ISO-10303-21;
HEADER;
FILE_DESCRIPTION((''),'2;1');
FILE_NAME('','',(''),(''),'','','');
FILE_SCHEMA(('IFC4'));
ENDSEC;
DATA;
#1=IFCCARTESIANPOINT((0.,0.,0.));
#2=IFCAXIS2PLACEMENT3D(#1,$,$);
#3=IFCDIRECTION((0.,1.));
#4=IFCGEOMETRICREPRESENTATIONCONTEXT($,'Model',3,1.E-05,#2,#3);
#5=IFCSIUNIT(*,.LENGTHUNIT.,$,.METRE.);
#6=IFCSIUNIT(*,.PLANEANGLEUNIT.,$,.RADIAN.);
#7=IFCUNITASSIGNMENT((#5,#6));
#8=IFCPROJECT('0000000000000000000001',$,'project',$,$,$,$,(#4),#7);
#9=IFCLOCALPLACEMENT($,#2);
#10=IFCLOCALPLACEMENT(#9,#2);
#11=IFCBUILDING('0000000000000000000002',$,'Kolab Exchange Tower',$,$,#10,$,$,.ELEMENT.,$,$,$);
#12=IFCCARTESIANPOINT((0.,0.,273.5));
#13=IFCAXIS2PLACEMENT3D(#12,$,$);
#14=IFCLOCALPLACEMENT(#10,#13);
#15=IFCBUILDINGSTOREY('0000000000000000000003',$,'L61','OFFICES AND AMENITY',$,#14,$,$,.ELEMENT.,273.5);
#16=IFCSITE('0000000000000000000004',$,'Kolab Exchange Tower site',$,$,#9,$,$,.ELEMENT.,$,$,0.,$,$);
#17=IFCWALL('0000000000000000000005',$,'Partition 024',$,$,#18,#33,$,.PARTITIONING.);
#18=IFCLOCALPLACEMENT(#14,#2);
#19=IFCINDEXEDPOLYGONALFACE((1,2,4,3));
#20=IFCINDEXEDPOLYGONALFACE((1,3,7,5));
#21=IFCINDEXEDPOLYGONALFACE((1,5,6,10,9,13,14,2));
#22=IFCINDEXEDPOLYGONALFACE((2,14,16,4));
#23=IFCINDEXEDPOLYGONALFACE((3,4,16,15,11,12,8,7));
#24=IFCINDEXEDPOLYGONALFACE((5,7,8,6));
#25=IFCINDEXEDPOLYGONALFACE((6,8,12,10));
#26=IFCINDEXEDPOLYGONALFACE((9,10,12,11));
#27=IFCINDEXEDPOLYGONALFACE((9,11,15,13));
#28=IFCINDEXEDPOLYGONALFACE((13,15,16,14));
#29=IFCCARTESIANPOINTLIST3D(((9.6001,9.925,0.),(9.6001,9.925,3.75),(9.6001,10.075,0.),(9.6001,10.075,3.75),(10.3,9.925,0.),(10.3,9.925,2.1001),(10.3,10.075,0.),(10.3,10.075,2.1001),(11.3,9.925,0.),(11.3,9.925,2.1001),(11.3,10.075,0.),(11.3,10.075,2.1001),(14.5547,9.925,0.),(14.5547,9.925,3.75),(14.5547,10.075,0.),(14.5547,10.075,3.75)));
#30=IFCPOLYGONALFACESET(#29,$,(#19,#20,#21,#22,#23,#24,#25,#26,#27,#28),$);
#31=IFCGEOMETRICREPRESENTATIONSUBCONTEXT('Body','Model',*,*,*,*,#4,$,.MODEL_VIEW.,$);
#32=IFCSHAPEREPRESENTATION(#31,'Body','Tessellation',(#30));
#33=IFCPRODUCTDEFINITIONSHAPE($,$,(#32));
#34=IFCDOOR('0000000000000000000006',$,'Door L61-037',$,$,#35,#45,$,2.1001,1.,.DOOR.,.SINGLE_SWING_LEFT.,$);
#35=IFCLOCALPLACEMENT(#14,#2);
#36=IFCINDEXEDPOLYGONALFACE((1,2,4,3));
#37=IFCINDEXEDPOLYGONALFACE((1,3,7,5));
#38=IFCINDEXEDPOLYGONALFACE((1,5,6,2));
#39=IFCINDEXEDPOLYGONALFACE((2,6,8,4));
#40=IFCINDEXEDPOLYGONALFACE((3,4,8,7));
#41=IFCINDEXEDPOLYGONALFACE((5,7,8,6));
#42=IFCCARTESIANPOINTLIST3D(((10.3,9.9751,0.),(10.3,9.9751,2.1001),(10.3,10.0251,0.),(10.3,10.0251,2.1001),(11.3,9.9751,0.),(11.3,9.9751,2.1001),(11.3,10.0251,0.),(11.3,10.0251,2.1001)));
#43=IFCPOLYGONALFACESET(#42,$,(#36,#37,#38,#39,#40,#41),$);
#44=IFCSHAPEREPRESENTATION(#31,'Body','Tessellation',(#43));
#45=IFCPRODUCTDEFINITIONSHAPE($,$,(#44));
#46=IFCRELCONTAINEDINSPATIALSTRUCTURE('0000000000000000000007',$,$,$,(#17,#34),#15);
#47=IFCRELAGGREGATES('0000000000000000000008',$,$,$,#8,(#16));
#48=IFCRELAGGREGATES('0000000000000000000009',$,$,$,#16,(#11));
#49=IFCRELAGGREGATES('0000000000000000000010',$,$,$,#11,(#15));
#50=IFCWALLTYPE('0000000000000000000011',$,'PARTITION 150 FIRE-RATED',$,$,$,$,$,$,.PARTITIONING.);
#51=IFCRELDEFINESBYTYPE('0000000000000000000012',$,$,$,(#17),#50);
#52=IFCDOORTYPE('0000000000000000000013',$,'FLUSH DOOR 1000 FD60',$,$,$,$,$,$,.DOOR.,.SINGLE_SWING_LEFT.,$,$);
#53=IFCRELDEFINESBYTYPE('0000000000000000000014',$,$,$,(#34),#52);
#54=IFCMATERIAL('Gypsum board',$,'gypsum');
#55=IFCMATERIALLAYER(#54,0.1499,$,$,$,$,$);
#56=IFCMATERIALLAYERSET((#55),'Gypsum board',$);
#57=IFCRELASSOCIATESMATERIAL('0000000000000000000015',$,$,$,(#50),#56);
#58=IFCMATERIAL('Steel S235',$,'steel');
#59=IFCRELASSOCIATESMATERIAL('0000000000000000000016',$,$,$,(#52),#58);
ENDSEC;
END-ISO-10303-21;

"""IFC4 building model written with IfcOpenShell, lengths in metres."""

from ifc_helpers import new_model, si_unit, direction, frame, frame_2d, origin, place, context, subcontext, project, spatial, rectangle, extrude, material, layer, layer_set, type_object, element, fill, save


model = new_model("IFC4")

# Units and contexts
model_context = context("Model", 3, precision=1e-05, world=origin(), true_north=direction((0.0, 1.0)))
body_context = subcontext(model_context, "Body", "Model", "MODEL_VIEW")
ifc_project = project(units=[si_unit("LENGTHUNIT", "METRE"), si_unit("PLANEANGLEUNIT", "RADIAN")], contexts=[model_context])

# Site, building, storey
site_placement = place(None, origin())
site = spatial("IfcSite", under=ifc_project, at=site_placement, Name="Kolab Exchange Tower site", CompositionType="ELEMENT", RefElevation=0.0)
building_placement = place(site_placement, origin())
building = spatial("IfcBuilding", under=site, at=building_placement, Name="Kolab Exchange Tower", CompositionType="ELEMENT")
storey_placement = place(building_placement, frame((0.0, 0.0, 273.5)))
storey = spatial("IfcBuildingStorey", under=building, at=storey_placement, Name="L61", Description="OFFICES AND AMENITY", CompositionType="ELEMENT", Elevation=273.5)

# Shared definitions
ifc_material_1 = material(Name="Gypsum board", Category="gypsum")

# Shared definitions
ifc_layer_1 = layer(ifc_material_1, 0.1499)
ifc_layer_set_1 = layer_set([ifc_layer_1], Name="Gypsum board")
wall_type_1 = type_object("IfcWallType", Name="PARTITION 150 FIRE-RATED", PredefinedType="PARTITIONING", material=ifc_layer_set_1)
ifc_material_2 = material(Name="Steel S235", Category="steel")

# Wall, opening, door
wall_1_placement = place(storey_placement, frame((9.6001, 10.0, 0.0), z_axis=(0.0, 0.0, 1.0), x_axis=(1.0, 0.0, 0.0)))
wall_1 = element("IfcWall", 1, at=wall_1_placement, inside=storey, type_object=wall_type_1, Name="Partition 024", PredefinedType="PARTITIONING", context=body_context, shape_type="SweptSolid", body=[
    extrude(rectangle(XDim=4.9546, YDim=0.1499, at=frame_2d((2.4773, 0.0))), origin(), (0.0, 0.0, 1.0), 3.75),
])
opening_1_placement = place(wall_1_placement, frame((0.7, 0.0, 0.0)))
opening_1 = element("IfcOpeningElement", 2, at=opening_1_placement, cuts=wall_1, PredefinedType="OPENING", context=body_context, shape_type="SweptSolid", body=[
    extrude(rectangle(XDim=1.0, YDim=2.1001, at=frame_2d((0.5, 1.05))), frame((0.0, 0.085, 0.0), z_axis=(0.0, -1.0, 0.0), x_axis=(1.0, 0.0, 0.0)), (0.0, 0.0, 1.0), 0.1699),
])
door_type_1 = type_object("IfcDoorType", Name="FLUSH DOOR 1000 FD60", OperationType="SINGLE_SWING_LEFT", PredefinedType="DOOR", material=ifc_material_2)
door_1_placement = place(opening_1_placement, frame((1.0, 0.0, 0.0), z_axis=(0.0, 0.0, 1.0), x_axis=(-1.0, 0.0, 0.0)))
door_1 = element("IfcDoor", 3, at=door_1_placement, inside=storey, type_object=door_type_1, Name="Door L61-037", OperationType="SINGLE_SWING_LEFT", OverallHeight=2.1001, OverallWidth=1.0, PredefinedType="DOOR", context=body_context, shape_type="SweptSolid", body=[
    extrude(rectangle(XDim=1.0, YDim=2.1001, at=frame_2d((0.5, 1.05))), frame((0.0, 0.0249, 0.0), z_axis=(0.0, -1.0, 0.0), x_axis=(1.0, 0.0, 0.0)), (0.0, 0.0, 1.0), 0.05),
])
fill(opening_1, door_1)

save(model, "model.ifc")
